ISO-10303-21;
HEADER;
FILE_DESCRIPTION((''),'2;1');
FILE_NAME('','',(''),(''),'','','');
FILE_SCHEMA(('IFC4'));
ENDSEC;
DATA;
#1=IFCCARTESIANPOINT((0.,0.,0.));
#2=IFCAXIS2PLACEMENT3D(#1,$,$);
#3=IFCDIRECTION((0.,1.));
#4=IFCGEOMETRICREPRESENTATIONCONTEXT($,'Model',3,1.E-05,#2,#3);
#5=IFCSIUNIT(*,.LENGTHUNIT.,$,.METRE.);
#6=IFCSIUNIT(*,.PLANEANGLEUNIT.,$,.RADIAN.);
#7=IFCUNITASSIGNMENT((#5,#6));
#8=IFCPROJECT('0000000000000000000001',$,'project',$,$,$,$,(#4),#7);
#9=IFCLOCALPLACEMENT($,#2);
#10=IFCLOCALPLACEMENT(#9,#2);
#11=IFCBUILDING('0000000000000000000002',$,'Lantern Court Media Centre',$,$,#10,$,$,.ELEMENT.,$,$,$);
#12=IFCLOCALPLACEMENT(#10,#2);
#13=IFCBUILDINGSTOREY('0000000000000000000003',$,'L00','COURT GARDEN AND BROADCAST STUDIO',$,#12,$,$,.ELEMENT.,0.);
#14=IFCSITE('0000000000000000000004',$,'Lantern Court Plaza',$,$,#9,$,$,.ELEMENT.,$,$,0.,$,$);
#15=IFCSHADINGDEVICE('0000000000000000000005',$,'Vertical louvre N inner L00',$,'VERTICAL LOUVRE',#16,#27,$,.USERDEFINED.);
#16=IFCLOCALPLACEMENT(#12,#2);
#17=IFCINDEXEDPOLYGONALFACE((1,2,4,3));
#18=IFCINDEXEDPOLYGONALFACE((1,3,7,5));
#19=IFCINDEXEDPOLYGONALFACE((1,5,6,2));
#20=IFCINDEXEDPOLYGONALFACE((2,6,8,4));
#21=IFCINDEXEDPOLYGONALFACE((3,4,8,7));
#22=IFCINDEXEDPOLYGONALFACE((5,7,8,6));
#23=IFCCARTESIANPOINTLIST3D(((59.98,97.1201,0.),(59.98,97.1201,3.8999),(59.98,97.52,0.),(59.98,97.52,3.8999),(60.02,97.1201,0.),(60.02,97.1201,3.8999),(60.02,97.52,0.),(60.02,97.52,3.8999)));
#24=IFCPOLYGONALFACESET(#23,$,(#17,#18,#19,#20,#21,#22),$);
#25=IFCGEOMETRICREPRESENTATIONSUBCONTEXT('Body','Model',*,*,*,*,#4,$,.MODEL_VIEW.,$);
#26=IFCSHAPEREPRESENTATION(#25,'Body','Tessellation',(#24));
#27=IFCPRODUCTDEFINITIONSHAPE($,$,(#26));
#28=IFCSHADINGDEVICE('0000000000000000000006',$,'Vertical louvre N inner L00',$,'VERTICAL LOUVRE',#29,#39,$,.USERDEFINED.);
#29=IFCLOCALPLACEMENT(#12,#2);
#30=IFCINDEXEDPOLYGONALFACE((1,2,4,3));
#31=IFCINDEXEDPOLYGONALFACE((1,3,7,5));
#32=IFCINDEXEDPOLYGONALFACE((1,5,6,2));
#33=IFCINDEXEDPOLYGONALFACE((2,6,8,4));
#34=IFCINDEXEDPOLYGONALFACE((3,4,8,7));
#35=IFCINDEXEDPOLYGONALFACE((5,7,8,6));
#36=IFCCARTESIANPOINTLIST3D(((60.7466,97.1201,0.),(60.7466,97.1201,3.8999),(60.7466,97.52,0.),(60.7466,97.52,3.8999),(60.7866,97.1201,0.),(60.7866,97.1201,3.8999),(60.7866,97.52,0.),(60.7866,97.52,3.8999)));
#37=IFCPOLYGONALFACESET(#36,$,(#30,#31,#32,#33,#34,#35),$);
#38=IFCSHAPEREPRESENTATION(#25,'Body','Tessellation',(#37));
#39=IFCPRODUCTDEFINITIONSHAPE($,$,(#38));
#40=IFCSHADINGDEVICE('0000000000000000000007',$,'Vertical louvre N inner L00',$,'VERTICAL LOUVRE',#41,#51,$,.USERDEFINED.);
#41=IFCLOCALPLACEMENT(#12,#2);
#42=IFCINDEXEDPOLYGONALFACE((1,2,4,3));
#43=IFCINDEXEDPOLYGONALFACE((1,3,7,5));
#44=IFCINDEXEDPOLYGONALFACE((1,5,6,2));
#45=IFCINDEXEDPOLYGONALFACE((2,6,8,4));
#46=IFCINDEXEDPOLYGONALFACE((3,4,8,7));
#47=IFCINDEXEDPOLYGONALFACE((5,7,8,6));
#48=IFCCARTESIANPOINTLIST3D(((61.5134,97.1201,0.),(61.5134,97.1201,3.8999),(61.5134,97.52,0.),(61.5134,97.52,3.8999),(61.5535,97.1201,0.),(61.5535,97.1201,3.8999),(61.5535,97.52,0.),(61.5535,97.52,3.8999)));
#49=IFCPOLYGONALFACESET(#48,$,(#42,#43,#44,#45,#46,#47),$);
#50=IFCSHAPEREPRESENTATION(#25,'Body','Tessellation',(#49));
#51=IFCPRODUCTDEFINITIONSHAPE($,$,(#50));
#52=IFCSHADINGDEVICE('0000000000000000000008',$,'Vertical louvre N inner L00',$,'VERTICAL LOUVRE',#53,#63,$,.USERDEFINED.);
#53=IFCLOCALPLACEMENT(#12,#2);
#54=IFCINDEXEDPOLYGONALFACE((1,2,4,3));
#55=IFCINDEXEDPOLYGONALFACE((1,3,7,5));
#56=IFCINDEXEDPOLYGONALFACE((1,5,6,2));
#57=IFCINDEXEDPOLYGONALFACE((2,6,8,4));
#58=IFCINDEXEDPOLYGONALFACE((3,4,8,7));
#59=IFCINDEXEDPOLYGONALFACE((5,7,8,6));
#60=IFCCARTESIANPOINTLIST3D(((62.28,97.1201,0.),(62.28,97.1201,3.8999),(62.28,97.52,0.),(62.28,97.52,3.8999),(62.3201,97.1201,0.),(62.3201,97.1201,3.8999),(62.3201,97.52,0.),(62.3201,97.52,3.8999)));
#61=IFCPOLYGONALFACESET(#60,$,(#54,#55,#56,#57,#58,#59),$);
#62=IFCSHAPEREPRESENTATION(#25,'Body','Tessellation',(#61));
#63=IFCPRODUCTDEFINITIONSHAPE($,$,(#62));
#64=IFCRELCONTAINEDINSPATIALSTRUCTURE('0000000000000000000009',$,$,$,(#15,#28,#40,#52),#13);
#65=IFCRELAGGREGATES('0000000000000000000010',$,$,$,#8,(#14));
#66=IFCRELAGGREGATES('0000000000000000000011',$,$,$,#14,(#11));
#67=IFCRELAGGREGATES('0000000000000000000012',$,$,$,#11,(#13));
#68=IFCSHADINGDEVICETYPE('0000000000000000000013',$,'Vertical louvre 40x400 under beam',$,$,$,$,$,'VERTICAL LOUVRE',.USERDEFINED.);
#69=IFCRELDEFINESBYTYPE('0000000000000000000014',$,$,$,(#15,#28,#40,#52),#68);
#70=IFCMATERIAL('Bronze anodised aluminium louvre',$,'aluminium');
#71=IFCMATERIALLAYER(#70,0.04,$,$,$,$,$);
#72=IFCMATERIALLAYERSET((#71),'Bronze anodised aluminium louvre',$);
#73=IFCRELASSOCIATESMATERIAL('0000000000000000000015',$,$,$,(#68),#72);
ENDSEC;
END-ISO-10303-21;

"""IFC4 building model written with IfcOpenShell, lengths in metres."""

from ifc_helpers import new_model, si_unit, direction, frame, origin, origin_2d, place, context, subcontext, project, spatial, rectangle, extrude, material, layer, layer_set, type_object, element, save


model = new_model("IFC4")

# Units and contexts
model_context = context("Model", 3, precision=1e-05, world=origin(), true_north=direction((0.0, 1.0)))
body_context = subcontext(model_context, "Body", "Model", "MODEL_VIEW")
ifc_project = project(units=[si_unit("LENGTHUNIT", "METRE"), si_unit("PLANEANGLEUNIT", "RADIAN")], contexts=[model_context])

# Site, building, storey
site_placement = place(None, origin())
site = spatial("IfcSite", under=ifc_project, at=site_placement, Name="Lantern Court Plaza", CompositionType="ELEMENT", RefElevation=0.0)
building_placement = place(site_placement, origin())
building = spatial("IfcBuilding", under=site, at=building_placement, Name="Lantern Court Media Centre", CompositionType="ELEMENT")
storey_placement = place(building_placement, origin())
storey = spatial("IfcBuildingStorey", under=building, at=storey_placement, Name="L00", Description="COURT GARDEN AND BROADCAST STUDIO", CompositionType="ELEMENT", Elevation=0.0)

# Shading devices
ifc_material_1 = material(Name="Bronze anodised aluminium louvre", Category="aluminium")
ifc_layer_1 = layer(ifc_material_1, 0.04)
ifc_layer_set_1 = layer_set([ifc_layer_1], Name="Bronze anodised aluminium louvre")
shading_device_type = type_object("IfcShadingDeviceType", Name="Vertical louvre 40x400 under beam", ElementType="VERTICAL LOUVRE", PredefinedType="USERDEFINED", material=ifc_layer_set_1)
for number, where, z_axis, x_axis, name in (
    (1, (60.0, 97.3201, 0.0), (0.0, 0.0, 1.0), (1.0, 0.0, 0.0), "Vertical louvre N inner L00"),
    (2, (60.7666, 97.3201, 0.0), (0.0, 0.0, 1.0), (1.0, 0.0, 0.0), "Vertical louvre N inner L00"),
    (3, (61.5334, 97.3201, 0.0), (0.0, 0.0, 1.0), (1.0, 0.0, 0.0), "Vertical louvre N inner L00"),
    (4, (62.3, 97.3201, 0.0), (0.0, 0.0, 1.0), (1.0, 0.0, 0.0), "Vertical louvre N inner L00"),
):
    element("IfcShadingDevice", number, at=place(storey_placement, frame(where, z_axis=z_axis, x_axis=x_axis)), inside=storey, type_object=shading_device_type, Name=name, ObjectType="VERTICAL LOUVRE", PredefinedType="USERDEFINED", context=body_context, shape_type="SweptSolid", body=[
        extrude(rectangle(XDim=0.04, YDim=0.3999, at=origin_2d()), origin(), (0.0, 0.0, 1.0), 3.8999),
    ])

save(model, "model.ifc")
